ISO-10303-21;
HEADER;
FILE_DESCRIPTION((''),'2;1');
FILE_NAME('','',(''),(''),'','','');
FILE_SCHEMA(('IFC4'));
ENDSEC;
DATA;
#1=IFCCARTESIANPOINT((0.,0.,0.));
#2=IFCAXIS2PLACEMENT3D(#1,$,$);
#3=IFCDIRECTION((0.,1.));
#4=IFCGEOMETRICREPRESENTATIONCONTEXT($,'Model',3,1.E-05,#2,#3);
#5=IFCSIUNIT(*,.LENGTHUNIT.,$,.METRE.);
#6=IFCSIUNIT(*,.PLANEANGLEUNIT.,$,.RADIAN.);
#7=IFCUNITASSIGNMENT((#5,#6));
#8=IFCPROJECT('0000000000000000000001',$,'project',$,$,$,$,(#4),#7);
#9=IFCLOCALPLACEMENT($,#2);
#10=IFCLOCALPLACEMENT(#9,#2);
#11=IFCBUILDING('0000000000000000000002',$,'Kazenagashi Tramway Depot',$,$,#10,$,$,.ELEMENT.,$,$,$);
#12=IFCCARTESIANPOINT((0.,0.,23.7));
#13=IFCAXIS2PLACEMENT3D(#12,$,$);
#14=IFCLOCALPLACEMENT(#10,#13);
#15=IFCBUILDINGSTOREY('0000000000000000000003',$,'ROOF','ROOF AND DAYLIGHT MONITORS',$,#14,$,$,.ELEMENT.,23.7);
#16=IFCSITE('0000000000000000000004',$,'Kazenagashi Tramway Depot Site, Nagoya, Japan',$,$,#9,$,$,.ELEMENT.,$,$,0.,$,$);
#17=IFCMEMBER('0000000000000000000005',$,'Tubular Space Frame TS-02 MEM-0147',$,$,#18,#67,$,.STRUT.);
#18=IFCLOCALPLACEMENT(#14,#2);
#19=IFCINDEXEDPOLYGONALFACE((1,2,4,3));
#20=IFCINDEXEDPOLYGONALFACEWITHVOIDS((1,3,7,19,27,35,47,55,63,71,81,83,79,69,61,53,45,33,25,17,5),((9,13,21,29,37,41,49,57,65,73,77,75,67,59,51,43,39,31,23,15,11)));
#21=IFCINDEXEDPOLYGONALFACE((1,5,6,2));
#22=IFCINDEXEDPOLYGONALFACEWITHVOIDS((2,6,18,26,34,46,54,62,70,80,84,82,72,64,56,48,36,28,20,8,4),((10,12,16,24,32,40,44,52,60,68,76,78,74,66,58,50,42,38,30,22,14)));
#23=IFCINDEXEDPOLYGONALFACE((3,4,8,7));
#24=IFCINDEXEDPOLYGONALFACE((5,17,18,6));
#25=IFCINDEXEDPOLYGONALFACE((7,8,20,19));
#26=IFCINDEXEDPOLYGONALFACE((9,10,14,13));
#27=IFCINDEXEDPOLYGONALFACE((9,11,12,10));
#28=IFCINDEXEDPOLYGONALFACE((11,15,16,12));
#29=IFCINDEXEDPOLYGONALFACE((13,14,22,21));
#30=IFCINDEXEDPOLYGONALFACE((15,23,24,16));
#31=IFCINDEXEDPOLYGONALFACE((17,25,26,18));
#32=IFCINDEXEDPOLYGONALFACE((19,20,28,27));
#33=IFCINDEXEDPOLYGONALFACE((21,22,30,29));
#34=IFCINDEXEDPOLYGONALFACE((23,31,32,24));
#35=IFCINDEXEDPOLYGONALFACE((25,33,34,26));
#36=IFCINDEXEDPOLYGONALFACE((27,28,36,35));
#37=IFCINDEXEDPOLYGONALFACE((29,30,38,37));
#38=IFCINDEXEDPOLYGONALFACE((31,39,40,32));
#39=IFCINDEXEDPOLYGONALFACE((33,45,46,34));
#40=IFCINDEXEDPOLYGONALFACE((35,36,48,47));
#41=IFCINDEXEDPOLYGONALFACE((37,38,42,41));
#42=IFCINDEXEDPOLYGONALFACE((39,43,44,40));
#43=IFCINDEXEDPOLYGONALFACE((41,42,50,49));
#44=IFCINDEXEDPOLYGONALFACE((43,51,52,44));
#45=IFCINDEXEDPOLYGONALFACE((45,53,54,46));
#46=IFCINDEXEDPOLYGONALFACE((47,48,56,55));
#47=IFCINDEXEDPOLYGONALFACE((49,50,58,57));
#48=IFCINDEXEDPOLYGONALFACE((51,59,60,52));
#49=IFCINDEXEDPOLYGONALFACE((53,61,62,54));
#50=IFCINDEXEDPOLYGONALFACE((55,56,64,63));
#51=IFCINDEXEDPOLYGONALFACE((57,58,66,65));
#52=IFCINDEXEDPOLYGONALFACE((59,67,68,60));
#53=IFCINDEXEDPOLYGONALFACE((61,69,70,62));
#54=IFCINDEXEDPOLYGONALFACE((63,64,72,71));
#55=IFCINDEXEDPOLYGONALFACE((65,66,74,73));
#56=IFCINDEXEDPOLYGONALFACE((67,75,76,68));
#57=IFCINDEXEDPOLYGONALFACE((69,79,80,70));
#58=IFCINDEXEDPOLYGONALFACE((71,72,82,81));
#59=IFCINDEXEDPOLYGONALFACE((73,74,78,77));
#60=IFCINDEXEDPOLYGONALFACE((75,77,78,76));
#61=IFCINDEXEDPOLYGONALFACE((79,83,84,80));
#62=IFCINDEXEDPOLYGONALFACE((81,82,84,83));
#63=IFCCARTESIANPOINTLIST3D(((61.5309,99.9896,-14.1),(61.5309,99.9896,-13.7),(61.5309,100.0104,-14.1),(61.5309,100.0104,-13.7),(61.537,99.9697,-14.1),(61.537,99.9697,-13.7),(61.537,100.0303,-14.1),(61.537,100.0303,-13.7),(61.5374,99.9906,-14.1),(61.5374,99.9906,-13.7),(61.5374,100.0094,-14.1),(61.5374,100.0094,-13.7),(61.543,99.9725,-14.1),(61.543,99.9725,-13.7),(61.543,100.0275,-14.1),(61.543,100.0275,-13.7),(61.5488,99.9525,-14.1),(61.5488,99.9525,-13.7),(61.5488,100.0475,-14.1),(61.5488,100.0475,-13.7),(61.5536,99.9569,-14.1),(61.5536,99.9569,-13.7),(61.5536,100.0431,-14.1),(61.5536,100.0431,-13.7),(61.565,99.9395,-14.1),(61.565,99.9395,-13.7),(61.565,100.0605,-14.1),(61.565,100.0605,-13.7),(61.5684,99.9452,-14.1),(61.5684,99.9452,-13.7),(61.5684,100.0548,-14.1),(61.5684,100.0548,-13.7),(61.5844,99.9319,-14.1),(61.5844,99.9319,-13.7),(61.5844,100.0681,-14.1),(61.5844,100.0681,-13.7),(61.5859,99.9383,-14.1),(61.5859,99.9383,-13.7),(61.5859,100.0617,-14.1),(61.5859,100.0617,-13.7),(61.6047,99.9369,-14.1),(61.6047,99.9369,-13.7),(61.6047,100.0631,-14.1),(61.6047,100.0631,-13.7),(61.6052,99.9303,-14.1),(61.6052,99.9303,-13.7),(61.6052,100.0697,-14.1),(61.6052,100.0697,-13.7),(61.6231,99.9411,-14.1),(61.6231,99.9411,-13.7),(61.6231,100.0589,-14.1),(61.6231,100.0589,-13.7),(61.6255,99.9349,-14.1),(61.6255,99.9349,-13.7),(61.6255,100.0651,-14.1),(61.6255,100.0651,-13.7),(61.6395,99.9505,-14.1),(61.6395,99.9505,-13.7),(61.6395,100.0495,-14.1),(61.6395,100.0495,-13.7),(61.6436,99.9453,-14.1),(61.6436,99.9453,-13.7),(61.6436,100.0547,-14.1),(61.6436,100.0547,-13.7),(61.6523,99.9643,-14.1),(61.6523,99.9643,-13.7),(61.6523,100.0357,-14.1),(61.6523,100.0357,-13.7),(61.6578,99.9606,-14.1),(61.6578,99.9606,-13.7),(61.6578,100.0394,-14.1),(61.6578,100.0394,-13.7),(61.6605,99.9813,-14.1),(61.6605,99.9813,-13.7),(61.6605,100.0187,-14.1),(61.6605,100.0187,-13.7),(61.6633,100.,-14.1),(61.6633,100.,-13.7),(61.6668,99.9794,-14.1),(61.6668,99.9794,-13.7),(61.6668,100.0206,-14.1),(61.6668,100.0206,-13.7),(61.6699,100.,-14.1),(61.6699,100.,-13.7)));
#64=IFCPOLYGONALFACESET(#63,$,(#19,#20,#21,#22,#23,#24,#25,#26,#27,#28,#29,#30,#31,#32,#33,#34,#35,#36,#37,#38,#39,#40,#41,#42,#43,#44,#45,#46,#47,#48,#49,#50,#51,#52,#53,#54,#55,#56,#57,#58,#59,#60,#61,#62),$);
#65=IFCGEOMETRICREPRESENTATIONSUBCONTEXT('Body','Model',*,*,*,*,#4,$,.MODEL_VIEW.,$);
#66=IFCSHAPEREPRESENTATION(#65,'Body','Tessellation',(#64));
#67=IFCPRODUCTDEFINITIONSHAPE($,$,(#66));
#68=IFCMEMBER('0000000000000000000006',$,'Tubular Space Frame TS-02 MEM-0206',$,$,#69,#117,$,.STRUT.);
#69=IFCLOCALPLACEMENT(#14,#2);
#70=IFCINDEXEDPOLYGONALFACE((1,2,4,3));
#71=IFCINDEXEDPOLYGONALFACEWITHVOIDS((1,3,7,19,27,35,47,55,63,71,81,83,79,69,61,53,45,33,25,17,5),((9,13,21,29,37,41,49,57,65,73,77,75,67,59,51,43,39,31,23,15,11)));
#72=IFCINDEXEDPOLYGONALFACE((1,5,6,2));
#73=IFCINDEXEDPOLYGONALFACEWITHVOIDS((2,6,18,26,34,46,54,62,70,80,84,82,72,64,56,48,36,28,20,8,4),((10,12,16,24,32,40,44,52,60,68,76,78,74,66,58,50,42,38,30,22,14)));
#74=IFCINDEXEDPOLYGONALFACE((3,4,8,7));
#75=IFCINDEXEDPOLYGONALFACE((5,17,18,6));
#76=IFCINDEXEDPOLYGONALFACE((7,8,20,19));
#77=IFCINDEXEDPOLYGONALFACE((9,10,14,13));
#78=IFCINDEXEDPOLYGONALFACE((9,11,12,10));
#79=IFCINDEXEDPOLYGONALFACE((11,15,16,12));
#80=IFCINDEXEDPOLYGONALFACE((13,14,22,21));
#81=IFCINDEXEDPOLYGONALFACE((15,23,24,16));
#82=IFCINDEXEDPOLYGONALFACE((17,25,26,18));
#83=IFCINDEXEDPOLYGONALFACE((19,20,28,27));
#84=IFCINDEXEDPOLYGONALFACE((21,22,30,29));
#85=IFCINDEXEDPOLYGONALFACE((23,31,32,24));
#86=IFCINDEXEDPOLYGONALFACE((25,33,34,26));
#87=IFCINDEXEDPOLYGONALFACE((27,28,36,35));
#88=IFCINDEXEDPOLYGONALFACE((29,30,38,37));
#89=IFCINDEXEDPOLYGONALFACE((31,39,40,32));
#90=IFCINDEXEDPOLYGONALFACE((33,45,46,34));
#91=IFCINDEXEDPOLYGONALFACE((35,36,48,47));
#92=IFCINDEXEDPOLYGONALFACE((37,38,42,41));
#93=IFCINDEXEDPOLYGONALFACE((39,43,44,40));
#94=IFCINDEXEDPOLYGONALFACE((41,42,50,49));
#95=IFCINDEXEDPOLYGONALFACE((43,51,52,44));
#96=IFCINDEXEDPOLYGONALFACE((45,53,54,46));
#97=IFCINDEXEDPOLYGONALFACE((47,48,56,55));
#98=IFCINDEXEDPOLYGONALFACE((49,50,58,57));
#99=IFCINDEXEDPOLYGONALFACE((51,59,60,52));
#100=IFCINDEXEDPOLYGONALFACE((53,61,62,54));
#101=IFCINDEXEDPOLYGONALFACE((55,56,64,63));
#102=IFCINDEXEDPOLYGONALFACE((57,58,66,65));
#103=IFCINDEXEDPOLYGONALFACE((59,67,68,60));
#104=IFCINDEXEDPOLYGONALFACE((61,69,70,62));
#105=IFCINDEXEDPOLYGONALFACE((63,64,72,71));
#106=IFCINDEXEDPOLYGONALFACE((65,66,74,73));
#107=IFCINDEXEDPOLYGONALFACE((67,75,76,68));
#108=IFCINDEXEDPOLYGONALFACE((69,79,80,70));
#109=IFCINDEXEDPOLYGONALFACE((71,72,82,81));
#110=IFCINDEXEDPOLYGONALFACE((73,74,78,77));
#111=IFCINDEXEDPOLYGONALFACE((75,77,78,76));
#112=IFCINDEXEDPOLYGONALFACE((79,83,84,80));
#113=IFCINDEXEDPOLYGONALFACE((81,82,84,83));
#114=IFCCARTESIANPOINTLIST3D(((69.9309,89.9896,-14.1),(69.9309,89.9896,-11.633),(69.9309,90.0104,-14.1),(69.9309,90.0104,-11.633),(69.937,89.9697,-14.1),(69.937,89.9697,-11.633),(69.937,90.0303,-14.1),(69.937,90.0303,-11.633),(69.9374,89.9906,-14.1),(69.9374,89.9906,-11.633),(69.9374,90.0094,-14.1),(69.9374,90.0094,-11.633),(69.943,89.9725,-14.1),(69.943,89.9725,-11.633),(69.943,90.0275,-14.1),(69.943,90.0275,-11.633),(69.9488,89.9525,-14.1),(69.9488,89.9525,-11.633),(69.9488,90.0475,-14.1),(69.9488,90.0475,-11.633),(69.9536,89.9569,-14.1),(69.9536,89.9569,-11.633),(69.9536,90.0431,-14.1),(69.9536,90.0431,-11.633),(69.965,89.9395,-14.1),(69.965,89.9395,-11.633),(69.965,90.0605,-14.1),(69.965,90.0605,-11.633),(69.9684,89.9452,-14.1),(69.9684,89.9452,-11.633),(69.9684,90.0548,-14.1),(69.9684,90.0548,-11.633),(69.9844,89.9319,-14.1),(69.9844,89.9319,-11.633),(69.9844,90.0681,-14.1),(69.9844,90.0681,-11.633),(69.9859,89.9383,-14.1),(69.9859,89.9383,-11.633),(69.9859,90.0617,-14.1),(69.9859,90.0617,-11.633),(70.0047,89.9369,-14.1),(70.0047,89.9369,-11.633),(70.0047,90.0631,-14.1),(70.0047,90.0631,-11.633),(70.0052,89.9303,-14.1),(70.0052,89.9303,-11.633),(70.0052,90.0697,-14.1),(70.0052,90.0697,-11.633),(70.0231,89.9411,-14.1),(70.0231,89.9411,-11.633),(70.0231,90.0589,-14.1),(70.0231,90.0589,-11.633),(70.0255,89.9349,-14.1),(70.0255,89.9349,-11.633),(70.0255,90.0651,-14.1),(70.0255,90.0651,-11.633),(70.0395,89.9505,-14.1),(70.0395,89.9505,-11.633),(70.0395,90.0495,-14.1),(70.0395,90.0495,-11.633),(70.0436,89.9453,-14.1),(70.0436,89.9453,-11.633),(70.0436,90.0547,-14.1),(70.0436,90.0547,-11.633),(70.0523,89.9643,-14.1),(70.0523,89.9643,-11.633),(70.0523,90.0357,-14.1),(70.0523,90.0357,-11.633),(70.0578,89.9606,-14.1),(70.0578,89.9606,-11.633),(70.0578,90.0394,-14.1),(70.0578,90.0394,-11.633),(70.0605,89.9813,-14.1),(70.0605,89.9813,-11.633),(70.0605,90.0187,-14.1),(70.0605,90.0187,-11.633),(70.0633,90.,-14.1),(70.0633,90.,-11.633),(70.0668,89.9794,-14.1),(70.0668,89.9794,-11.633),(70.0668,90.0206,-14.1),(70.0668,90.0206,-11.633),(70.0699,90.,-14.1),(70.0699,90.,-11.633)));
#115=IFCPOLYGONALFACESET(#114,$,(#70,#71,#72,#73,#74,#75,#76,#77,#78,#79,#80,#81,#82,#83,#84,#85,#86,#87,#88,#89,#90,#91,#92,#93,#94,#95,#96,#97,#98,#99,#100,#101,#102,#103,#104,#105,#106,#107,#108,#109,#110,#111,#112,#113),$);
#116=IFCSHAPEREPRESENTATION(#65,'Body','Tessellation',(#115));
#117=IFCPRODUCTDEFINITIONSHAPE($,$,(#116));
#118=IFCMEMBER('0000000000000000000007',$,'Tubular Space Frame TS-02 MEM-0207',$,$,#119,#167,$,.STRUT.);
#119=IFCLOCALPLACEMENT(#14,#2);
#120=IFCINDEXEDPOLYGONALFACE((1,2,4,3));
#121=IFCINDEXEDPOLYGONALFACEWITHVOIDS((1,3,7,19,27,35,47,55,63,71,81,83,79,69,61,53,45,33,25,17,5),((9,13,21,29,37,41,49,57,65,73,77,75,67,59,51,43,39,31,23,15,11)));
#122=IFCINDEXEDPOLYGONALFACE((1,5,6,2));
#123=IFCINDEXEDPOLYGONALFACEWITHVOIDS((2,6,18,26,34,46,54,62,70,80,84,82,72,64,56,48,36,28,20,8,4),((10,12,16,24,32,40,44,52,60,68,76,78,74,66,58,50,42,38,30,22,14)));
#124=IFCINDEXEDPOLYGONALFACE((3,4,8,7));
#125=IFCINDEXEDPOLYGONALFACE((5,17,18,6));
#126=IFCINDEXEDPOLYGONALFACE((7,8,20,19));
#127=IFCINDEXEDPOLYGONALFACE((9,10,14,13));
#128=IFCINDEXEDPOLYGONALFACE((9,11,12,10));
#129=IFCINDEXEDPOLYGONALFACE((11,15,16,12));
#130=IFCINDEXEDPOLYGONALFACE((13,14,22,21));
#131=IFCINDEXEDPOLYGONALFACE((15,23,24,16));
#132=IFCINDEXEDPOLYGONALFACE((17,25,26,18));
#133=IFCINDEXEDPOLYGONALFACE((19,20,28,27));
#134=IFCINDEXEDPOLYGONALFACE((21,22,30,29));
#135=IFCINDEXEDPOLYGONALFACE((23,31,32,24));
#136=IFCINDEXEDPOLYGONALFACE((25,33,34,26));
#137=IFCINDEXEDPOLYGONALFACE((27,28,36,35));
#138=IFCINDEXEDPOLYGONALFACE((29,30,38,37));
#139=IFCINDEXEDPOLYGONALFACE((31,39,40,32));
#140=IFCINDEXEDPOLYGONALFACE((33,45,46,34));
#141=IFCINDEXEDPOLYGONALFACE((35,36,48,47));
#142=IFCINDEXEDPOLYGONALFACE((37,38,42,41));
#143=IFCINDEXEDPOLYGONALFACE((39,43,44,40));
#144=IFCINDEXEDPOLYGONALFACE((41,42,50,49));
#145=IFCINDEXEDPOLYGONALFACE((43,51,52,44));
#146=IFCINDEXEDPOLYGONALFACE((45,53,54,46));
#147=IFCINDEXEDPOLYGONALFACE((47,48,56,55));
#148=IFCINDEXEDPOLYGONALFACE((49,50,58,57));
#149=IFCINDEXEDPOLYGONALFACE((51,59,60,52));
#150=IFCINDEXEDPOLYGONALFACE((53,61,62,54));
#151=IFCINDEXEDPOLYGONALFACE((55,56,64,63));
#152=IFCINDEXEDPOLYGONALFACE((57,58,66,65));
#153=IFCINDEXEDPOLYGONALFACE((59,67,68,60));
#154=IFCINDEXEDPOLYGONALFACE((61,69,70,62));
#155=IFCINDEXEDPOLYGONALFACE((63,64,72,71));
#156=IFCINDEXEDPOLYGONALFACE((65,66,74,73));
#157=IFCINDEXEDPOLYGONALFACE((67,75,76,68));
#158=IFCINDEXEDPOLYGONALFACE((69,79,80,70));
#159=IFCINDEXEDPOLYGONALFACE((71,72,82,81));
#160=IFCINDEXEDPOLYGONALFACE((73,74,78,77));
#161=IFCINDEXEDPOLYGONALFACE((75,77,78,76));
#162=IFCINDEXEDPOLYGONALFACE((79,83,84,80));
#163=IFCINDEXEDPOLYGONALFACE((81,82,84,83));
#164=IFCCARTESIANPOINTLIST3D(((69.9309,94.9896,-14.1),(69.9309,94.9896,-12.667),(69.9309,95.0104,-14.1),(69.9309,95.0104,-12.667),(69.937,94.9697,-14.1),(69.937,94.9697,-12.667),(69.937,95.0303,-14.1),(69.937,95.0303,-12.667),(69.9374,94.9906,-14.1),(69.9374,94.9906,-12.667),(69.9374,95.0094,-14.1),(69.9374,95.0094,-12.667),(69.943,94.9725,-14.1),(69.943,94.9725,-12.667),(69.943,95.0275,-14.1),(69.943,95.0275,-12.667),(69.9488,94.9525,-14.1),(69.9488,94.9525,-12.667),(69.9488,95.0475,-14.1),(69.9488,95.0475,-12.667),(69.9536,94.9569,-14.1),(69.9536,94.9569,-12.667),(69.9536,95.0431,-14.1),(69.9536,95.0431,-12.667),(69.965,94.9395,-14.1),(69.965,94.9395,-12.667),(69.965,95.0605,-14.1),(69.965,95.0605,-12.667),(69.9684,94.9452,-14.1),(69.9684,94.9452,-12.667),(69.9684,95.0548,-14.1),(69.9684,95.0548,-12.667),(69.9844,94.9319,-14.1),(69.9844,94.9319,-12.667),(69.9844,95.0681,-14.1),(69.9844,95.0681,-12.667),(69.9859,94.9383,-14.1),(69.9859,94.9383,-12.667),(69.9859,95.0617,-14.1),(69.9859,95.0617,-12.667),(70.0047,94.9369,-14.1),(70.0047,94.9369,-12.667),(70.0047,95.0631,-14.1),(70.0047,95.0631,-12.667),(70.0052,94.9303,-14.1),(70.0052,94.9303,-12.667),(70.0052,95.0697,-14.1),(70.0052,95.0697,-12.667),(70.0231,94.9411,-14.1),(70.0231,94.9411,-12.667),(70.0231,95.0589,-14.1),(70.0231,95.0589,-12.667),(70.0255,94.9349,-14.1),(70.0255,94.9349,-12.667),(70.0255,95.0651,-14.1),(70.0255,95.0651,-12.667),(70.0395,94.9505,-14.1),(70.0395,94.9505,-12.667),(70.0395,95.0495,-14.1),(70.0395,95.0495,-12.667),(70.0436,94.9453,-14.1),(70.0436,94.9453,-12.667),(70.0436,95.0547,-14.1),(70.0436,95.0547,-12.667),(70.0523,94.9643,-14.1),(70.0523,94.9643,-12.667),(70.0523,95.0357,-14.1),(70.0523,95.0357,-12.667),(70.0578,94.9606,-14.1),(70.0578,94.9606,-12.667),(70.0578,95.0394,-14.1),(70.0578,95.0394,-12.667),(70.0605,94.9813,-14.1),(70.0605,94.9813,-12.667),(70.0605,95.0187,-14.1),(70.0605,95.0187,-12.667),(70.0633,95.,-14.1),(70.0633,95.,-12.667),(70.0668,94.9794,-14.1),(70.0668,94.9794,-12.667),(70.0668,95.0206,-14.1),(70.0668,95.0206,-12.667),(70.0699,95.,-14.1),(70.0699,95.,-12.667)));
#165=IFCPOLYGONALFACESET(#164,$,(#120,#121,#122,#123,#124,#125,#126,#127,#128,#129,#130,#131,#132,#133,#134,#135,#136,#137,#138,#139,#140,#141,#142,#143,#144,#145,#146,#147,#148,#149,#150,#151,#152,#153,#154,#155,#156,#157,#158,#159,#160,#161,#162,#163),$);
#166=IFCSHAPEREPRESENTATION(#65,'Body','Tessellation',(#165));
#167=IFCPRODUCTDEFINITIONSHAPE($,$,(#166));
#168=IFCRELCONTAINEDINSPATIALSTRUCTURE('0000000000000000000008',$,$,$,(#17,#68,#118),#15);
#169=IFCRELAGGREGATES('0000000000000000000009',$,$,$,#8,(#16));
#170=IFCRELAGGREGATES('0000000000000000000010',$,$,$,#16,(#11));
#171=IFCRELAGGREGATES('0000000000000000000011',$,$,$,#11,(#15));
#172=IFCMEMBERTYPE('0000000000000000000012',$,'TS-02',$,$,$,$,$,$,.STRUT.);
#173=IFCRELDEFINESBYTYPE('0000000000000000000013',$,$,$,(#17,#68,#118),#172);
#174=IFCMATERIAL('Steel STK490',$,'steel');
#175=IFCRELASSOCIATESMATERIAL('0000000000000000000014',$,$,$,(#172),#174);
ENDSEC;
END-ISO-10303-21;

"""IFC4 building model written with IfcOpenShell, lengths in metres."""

from ifc_helpers import new_model, si_unit, direction, frame, origin, origin_2d, place, context, subcontext, project, spatial, hollow_circle, extrude, material, material_profile, profile_set, type_object, element, save


model = new_model("IFC4")

# Units and contexts
model_context = context("Model", 3, precision=1e-05, world=origin(), true_north=direction((0.0, 1.0)))
body_context = subcontext(model_context, "Body", "Model", "MODEL_VIEW")
ifc_project = project(units=[si_unit("LENGTHUNIT", "METRE"), si_unit("PLANEANGLEUNIT", "RADIAN")], contexts=[model_context])

# Site, building, storey
site_placement = place(None, origin())
site = spatial("IfcSite", under=ifc_project, at=site_placement, Name="Kazenagashi Tramway Depot Site, Nagoya, Japan", CompositionType="ELEMENT", RefElevation=0.0)
building_placement = place(site_placement, origin())
building = spatial("IfcBuilding", under=site, at=building_placement, Name="Kazenagashi Tramway Depot", CompositionType="ELEMENT")
storey_placement = place(building_placement, frame((0.0, 0.0, 23.7)))
storey = spatial("IfcBuildingStorey", under=building, at=storey_placement, Name="ROOF", Description="ROOF AND DAYLIGHT MONITORS", CompositionType="ELEMENT", Elevation=23.7)

# Members
ifc_material_1 = material(Name="Steel STK490", Category="steel")
ifc_material_profile_1 = material_profile(ifc_material_1, hollow_circle(Radius=0.0699, WallThickness=0.0066, at=origin_2d()), Name="CHS-139.8x6.6")
ifc_profile_set_1 = profile_set([ifc_material_profile_1], Name="Steel STK490")
member_type_1 = type_object("IfcMemberType", Name="TS-02", PredefinedType="STRUT", material=ifc_profile_set_1)
member_1_placement = place(storey_placement, frame((61.6, 100.0, -14.1), z_axis=(0.0, 0.0, 1.0), x_axis=(1.0, 0.0, 0.0)))
element("IfcMember", 1, at=member_1_placement, inside=storey, type_object=member_type_1, Name="Tubular Space Frame TS-02 MEM-0147", PredefinedType="STRUT", context=body_context, shape_type="SweptSolid", body=[
    extrude(hollow_circle(Radius=0.0699, WallThickness=0.0066, at=origin_2d()), origin(), (0.0, 0.0, 1.0), 0.4),
])
member_2_placement = place(storey_placement, frame((70.0, 90.0, -14.1), z_axis=(0.0, 0.0, 1.0), x_axis=(1.0, 0.0, 0.0)))
element("IfcMember", 2, at=member_2_placement, inside=storey, type_object=member_type_1, Name="Tubular Space Frame TS-02 MEM-0206", PredefinedType="STRUT", context=body_context, shape_type="SweptSolid", body=[
    extrude(hollow_circle(Radius=0.0699, WallThickness=0.0066, at=origin_2d()), origin(), (0.0, 0.0, 1.0), 2.467),
])
member_3_placement = place(storey_placement, frame((70.0, 95.0, -14.1), z_axis=(0.0, 0.0, 1.0), x_axis=(1.0, 0.0, 0.0)))
element("IfcMember", 3, at=member_3_placement, inside=storey, type_object=member_type_1, Name="Tubular Space Frame TS-02 MEM-0207", PredefinedType="STRUT", context=body_context, shape_type="SweptSolid", body=[
    extrude(hollow_circle(Radius=0.0699, WallThickness=0.0066, at=origin_2d()), origin(), (0.0, 0.0, 1.0), 1.433),
])

save(model, "model.ifc")
